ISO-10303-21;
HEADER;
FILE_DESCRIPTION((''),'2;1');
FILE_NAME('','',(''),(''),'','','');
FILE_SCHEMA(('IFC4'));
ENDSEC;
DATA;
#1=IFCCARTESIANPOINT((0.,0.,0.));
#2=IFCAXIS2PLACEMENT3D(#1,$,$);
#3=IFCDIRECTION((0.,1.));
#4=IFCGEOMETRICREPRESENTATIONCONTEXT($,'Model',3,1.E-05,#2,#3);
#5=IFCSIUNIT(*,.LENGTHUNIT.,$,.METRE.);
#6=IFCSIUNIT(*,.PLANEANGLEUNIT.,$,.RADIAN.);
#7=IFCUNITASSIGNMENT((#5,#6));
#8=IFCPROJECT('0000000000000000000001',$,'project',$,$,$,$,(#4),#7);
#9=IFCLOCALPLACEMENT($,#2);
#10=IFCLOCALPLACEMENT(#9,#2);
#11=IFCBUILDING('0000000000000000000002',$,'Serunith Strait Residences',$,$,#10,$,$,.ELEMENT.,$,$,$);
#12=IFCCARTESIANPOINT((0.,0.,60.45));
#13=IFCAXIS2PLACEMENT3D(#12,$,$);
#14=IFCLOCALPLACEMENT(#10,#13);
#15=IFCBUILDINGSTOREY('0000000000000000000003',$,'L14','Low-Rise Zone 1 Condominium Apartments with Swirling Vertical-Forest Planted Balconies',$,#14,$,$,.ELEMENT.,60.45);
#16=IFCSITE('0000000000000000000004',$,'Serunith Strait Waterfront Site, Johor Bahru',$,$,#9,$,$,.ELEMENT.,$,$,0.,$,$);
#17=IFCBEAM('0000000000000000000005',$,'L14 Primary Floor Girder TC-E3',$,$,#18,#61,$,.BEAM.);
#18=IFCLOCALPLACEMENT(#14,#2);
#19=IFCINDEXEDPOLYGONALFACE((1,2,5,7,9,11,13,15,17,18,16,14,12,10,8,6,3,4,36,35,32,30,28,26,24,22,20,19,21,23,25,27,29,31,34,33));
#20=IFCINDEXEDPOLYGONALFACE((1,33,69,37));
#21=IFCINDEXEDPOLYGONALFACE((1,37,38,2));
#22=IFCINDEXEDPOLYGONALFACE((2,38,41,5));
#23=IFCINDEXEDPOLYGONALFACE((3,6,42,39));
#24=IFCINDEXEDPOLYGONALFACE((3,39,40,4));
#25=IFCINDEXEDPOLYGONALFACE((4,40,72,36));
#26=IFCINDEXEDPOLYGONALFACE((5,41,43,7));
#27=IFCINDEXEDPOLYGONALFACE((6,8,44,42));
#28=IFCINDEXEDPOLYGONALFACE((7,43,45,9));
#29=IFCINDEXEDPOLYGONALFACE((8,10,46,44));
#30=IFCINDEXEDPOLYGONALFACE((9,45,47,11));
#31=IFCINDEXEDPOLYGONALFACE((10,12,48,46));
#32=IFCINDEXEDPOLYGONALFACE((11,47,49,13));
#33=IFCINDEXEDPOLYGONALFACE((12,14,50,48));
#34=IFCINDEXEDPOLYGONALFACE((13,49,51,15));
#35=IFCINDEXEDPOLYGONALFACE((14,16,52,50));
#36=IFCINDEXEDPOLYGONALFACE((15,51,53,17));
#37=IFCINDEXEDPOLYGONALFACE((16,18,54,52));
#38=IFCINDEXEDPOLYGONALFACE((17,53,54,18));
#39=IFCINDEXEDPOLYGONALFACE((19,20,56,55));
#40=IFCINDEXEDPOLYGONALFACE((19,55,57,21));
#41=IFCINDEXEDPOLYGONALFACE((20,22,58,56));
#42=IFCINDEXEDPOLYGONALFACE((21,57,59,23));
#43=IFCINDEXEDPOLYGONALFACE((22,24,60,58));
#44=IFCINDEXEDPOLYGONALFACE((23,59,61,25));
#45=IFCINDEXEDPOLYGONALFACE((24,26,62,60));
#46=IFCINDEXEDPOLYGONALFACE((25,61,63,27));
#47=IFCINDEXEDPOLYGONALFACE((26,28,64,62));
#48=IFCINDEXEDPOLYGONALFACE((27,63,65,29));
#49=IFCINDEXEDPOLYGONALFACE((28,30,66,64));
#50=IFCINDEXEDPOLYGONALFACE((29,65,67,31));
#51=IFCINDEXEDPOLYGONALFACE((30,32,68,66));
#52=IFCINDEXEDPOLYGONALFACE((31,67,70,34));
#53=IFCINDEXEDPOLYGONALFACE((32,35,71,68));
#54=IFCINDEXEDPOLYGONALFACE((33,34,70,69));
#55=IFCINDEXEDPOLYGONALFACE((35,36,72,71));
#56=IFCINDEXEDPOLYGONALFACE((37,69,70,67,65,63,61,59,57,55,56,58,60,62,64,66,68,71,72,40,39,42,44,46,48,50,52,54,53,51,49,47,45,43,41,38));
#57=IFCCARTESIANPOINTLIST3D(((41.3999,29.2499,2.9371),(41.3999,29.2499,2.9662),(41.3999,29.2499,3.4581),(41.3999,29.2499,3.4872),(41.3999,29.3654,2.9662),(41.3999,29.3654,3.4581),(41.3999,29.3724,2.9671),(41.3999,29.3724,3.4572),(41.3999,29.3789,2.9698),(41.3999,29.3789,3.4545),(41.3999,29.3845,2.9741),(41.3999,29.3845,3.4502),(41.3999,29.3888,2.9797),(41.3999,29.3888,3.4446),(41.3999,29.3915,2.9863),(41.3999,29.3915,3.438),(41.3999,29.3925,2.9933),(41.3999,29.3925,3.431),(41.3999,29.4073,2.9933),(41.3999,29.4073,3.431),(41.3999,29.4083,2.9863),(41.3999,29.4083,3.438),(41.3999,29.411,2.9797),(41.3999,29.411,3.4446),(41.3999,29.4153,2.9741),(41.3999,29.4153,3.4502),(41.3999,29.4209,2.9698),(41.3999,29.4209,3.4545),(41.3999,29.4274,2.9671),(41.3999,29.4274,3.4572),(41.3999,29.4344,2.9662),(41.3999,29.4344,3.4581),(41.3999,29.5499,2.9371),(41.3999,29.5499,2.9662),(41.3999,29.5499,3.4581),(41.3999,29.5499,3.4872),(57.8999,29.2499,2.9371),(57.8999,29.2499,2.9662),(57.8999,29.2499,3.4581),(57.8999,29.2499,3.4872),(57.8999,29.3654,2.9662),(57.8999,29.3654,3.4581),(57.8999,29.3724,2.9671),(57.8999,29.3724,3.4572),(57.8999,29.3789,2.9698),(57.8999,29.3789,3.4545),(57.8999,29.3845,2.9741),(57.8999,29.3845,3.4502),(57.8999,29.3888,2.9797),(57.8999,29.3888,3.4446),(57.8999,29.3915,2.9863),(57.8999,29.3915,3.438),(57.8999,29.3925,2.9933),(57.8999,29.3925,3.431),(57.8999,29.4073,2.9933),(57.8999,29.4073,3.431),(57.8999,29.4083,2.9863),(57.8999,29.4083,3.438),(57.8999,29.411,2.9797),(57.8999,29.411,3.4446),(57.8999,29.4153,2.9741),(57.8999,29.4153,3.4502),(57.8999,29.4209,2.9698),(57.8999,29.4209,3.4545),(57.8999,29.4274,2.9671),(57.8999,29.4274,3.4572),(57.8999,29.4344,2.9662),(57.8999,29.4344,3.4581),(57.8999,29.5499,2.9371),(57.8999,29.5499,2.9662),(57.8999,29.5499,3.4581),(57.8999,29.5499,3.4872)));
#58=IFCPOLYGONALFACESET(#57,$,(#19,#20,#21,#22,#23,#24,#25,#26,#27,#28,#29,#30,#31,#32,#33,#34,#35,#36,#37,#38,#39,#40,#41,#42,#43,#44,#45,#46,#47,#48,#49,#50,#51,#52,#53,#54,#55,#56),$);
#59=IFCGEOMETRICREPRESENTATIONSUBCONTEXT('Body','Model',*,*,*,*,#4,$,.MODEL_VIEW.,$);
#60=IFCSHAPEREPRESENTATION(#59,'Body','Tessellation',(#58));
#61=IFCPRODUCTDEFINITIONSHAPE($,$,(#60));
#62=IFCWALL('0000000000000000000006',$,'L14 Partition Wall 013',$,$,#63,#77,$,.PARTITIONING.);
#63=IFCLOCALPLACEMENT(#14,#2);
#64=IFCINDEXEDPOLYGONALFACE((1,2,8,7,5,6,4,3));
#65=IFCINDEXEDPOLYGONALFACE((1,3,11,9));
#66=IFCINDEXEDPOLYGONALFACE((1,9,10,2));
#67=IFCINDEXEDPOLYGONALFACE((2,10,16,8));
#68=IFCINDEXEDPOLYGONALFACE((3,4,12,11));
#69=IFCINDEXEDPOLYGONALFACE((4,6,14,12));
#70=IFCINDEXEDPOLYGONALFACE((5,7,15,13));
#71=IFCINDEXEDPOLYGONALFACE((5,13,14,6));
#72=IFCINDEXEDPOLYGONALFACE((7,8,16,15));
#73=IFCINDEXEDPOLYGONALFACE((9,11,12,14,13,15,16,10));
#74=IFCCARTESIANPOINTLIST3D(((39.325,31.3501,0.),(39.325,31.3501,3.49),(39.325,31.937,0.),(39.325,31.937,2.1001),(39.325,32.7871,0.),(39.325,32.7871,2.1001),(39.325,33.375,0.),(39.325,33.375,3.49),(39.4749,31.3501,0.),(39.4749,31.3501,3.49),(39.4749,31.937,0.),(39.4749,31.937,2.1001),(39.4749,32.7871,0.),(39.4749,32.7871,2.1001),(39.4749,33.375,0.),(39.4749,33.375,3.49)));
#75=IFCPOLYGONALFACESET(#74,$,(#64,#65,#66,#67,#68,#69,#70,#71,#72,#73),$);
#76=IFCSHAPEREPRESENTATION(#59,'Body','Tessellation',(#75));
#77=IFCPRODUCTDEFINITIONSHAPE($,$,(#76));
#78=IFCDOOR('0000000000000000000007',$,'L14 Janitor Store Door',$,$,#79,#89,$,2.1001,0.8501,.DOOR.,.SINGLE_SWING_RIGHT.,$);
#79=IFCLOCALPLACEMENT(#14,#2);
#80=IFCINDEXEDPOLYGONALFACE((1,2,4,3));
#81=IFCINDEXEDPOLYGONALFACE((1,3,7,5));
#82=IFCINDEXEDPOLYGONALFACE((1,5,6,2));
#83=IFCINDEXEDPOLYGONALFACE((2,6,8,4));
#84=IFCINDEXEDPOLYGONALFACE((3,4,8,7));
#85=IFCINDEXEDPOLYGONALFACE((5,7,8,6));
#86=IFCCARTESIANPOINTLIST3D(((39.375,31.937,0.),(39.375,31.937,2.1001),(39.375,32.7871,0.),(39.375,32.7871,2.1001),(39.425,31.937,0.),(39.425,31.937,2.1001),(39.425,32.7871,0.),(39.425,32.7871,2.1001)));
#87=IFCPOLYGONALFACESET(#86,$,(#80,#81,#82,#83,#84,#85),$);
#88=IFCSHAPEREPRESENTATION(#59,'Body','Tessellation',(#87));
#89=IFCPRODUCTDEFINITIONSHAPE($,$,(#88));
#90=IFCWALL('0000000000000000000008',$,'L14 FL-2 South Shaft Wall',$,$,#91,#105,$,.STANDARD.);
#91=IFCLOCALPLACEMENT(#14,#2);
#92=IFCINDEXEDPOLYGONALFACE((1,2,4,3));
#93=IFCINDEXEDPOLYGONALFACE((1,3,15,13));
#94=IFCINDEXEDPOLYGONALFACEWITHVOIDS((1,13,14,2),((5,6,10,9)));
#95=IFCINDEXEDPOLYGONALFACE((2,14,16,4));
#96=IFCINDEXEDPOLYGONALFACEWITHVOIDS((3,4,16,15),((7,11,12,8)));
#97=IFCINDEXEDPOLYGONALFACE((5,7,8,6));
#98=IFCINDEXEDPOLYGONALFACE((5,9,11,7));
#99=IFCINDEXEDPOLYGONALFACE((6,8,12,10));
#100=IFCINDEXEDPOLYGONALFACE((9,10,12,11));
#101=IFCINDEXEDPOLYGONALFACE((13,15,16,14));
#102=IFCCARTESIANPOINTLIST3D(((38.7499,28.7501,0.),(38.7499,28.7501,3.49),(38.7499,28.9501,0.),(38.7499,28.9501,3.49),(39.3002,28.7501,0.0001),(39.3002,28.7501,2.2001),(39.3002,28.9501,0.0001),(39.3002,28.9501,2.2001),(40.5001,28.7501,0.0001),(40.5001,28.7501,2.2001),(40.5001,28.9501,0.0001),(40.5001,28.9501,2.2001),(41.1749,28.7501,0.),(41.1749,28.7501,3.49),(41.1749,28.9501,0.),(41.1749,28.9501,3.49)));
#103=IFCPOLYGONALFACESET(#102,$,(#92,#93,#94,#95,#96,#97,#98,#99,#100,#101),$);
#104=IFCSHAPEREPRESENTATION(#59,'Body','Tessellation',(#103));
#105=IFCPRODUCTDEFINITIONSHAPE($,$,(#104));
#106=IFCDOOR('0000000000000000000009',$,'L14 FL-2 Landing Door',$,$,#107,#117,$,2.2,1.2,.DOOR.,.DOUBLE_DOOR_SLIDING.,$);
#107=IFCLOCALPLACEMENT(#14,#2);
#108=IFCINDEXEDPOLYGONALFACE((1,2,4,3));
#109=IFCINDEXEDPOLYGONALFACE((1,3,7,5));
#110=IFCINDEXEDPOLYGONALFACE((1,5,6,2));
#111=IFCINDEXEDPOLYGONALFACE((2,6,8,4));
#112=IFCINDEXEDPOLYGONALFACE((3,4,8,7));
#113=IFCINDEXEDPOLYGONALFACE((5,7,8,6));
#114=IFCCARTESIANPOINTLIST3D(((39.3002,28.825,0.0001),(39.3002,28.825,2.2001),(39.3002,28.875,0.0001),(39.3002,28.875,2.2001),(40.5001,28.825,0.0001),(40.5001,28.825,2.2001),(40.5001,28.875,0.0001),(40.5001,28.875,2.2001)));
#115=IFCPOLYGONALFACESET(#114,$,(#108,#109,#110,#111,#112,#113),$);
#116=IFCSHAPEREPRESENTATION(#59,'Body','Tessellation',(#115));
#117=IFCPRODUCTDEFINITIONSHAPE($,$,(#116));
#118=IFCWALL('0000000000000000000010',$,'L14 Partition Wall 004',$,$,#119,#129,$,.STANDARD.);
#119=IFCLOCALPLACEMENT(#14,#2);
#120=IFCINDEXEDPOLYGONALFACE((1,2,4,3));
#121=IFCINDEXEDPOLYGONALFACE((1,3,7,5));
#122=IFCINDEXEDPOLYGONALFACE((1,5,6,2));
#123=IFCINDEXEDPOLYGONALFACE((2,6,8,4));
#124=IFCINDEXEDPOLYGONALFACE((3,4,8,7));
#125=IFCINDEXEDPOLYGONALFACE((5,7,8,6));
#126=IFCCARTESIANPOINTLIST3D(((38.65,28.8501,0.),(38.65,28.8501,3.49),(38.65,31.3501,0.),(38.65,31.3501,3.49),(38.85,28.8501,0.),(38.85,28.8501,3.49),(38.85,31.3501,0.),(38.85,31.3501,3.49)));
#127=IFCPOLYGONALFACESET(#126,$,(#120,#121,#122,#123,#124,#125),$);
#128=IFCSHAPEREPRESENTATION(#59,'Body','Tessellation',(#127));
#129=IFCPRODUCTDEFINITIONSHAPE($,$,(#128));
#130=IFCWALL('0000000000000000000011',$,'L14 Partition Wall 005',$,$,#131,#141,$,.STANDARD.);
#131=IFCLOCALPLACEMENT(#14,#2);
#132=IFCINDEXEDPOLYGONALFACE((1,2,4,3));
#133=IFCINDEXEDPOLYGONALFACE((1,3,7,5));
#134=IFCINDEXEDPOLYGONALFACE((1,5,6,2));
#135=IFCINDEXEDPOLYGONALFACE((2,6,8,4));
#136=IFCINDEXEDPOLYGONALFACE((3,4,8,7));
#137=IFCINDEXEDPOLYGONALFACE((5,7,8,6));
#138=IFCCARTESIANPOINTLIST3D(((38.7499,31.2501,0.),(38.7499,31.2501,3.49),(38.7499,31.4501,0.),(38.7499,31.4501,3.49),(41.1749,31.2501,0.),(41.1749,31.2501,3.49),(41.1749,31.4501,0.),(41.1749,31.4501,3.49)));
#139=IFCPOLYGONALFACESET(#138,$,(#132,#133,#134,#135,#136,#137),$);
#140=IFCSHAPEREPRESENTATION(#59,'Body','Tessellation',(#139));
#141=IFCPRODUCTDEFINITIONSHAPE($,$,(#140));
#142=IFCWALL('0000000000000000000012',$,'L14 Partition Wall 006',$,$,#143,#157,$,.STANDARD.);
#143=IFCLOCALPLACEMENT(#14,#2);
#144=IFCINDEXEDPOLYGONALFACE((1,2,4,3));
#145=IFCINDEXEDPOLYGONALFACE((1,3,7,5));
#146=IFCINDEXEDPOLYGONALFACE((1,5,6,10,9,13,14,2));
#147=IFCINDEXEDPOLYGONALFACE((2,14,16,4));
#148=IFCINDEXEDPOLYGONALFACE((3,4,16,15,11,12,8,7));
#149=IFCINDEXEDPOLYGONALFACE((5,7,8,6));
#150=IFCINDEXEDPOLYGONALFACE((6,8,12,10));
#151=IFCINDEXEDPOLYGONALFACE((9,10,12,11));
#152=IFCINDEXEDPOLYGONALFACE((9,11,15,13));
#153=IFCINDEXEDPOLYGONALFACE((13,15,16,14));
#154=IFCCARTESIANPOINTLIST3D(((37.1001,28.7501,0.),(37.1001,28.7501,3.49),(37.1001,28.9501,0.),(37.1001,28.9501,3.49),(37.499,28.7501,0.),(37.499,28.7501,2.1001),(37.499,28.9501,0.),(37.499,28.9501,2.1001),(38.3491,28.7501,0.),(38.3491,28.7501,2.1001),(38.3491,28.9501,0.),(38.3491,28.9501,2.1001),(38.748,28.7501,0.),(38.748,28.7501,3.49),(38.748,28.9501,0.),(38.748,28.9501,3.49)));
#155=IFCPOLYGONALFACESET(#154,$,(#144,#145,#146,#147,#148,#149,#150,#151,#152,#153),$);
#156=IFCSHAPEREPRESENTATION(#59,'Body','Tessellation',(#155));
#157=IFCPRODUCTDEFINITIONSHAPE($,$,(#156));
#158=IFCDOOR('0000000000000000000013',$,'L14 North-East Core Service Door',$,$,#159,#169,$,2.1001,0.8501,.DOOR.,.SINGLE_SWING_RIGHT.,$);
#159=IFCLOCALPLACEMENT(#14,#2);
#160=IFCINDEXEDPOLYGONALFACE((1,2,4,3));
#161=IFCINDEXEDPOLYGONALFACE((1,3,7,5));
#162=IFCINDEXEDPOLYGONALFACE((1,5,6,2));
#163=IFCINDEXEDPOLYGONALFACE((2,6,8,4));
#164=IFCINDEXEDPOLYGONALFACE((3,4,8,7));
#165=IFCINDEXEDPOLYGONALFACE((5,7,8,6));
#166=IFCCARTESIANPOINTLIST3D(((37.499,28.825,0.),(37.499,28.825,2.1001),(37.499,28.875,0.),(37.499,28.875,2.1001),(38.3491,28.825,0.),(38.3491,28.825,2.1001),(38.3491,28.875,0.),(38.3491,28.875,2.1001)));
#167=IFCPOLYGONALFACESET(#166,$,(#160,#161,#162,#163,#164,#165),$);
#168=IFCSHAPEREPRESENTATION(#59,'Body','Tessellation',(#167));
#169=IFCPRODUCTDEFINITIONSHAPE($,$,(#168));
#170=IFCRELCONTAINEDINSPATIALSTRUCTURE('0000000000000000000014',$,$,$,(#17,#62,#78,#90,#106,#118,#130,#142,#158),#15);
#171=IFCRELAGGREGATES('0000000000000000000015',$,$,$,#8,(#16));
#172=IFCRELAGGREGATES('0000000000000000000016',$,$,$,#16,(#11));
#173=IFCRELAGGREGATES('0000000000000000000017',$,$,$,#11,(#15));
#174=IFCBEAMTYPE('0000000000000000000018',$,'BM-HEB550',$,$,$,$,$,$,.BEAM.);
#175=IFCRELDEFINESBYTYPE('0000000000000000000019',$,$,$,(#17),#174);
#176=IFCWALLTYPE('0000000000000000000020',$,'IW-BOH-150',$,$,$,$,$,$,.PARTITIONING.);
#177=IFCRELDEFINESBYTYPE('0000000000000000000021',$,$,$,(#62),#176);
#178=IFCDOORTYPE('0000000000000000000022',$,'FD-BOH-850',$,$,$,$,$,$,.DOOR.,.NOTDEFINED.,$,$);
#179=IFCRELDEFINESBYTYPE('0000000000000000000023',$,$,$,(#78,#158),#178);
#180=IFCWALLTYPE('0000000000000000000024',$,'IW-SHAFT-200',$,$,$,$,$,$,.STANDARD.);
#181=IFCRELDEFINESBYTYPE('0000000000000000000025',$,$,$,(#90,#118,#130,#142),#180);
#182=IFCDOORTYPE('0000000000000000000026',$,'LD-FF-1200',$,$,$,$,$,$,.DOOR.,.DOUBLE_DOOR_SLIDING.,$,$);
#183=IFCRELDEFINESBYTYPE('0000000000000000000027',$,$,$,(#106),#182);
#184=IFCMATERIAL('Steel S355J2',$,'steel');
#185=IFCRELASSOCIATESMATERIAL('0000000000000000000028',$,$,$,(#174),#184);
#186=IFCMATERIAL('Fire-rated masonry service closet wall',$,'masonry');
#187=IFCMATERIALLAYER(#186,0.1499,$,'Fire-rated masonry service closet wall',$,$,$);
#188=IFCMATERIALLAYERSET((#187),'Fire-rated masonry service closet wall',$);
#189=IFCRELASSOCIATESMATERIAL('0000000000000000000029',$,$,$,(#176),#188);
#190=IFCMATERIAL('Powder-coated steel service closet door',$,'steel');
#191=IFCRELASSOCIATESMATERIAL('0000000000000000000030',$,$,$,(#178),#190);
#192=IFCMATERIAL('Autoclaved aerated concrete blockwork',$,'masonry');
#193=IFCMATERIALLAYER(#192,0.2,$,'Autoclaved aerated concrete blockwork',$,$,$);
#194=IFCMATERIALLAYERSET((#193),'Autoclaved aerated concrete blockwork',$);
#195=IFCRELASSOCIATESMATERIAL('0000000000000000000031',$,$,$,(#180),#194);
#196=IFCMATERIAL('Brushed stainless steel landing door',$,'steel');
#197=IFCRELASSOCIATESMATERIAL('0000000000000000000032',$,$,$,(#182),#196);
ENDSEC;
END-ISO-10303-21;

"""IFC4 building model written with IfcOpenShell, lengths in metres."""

from ifc_helpers import new_model, si_unit, direction, frame, frame_2d, origin, origin_2d, place, context, subcontext, project, spatial, rectangle, i_section, extrude, source, transform, mapped, material, layer, layer_set, material_profile, profile_set, type_object, element, fill, save


model = new_model("IFC4")

# Units and contexts
model_context = context("Model", 3, precision=1e-05, world=origin(), true_north=direction((0.0, 1.0)))
body_context = subcontext(model_context, "Body", "Model", "MODEL_VIEW")
ifc_project = project(units=[si_unit("LENGTHUNIT", "METRE"), si_unit("PLANEANGLEUNIT", "RADIAN")], contexts=[model_context])

# Site, building, storey
site_placement = place(None, origin())
site = spatial("IfcSite", under=ifc_project, at=site_placement, Name="Serunith Strait Waterfront Site, Johor Bahru", CompositionType="ELEMENT", RefElevation=0.0)
building_placement = place(site_placement, origin())
building = spatial("IfcBuilding", under=site, at=building_placement, Name="Serunith Strait Residences", CompositionType="ELEMENT")
storey_placement = place(building_placement, frame((0.0, 0.0, 60.45)))
storey = spatial("IfcBuildingStorey", under=building, at=storey_placement, Name="L14", Description="Low-Rise Zone 1 Condominium Apartments with Swirling Vertical-Forest Planted Balconies", CompositionType="ELEMENT", Elevation=60.45)

# Beam
ifc_material_1 = material(Name="Steel S355J2", Category="steel")
ifc_material_profile = material_profile(ifc_material_1, i_section(OverallWidth=0.3, OverallDepth=0.55, WebThickness=0.0149, FlangeThickness=0.0291, FilletRadius=0.0271, at=origin_2d()), Name="HEB 550")
ifc_profile_set = profile_set([ifc_material_profile], Name="Steel S355J2")
beam_type = type_object("IfcBeamType", Name="BM-HEB550", PredefinedType="BEAM", material=ifc_profile_set)
shared_shape_1 = source(origin(), body_context, "Body", "SweptSolid", [
    extrude(i_section(OverallWidth=0.3, OverallDepth=0.55, WebThickness=0.0149, FlangeThickness=0.0291, FilletRadius=0.0271, at=origin_2d()), origin(), (0.0, 0.0, 1.0), 16.5),
])
beam_placement = place(storey_placement, frame((41.3999, 29.3999, 3.2122), z_axis=(1.0, 0.0, 0.0), x_axis=(0.0, 1.0, 0.0)))
element("IfcBeam", 1, at=beam_placement, inside=storey, type_object=beam_type, Name="L14 Primary Floor Girder TC-E3", PredefinedType="BEAM", context=body_context, shape_type="MappedRepresentation", body=[
    mapped(shared_shape_1, transform((0.0, 0.0, 0.0), scale=1.0)),
])

# Walls, openings, doors
ifc_material_2 = material(Name="Fire-rated masonry service closet wall", Category="masonry")
ifc_layer_1 = layer(ifc_material_2, 0.1499, Name="Fire-rated masonry service closet wall")
ifc_layer_set_1 = layer_set([ifc_layer_1], Name="Fire-rated masonry service closet wall")
wall_type_1 = type_object("IfcWallType", Name="IW-BOH-150", PredefinedType="PARTITIONING", material=ifc_layer_set_1)
wall_1_placement = place(storey_placement, frame((39.3999, 31.3501, 0.0), z_axis=(0.0, 0.0, 1.0), x_axis=(0.0, 1.0, 0.0)))
wall_1 = element("IfcWall", 2, at=wall_1_placement, inside=storey, type_object=wall_type_1, Name="L14 Partition Wall 013", PredefinedType="PARTITIONING", context=body_context, shape_type="SweptSolid", body=[
    extrude(rectangle(XDim=2.0249, YDim=0.1499, at=frame_2d((1.0125, 0.0))), origin(), (0.0, 0.0, 1.0), 3.49),
])
opening_1_placement = place(wall_1_placement, frame((0.5869, 0.0, 0.0)))
opening_1 = element("IfcOpeningElement", 3, at=opening_1_placement, cuts=wall_1, PredefinedType="OPENING", context=body_context, shape_type="SweptSolid", body=[
    extrude(rectangle(XDim=0.8501, YDim=2.1001, at=frame_2d((0.425, 1.05))), frame((0.0, 0.085, 0.0), z_axis=(0.0, -1.0, 0.0), x_axis=(1.0, 0.0, 0.0)), (0.0, 0.0, 1.0), 0.1699),
])
ifc_material_3 = material(Name="Powder-coated steel service closet door", Category="steel")
door_type_1 = type_object("IfcDoorType", Name="FD-BOH-850", OperationType="NOTDEFINED", PredefinedType="DOOR", material=ifc_material_3)
shared_shape_2 = source(origin(), body_context, "Body", "SweptSolid", [
    extrude(rectangle(XDim=0.8501, YDim=2.1001, at=frame_2d((0.425, 1.05))), frame((0.0, 0.0249, 0.0), z_axis=(0.0, -1.0, 0.0), x_axis=(1.0, 0.0, 0.0)), (0.0, 0.0, 1.0), 0.05),
])
door_1_placement = place(opening_1_placement, origin())
door_1 = element("IfcDoor", 4, at=door_1_placement, inside=storey, type_object=door_type_1, Name="L14 Janitor Store Door", OperationType="SINGLE_SWING_RIGHT", OverallHeight=2.1001, OverallWidth=0.8501, PredefinedType="DOOR", context=body_context, shape_type="MappedRepresentation", body=[
    mapped(shared_shape_2, transform((0.0, 0.0, 0.0), scale=1.0)),
])
fill(opening_1, door_1)
ifc_material_4 = material(Name="Autoclaved aerated concrete blockwork", Category="masonry")
ifc_layer_2 = layer(ifc_material_4, 0.2, Name="Autoclaved aerated concrete blockwork")
ifc_layer_set_2 = layer_set([ifc_layer_2], Name="Autoclaved aerated concrete blockwork")
wall_type_2 = type_object("IfcWallType", Name="IW-SHAFT-200", PredefinedType="STANDARD", material=ifc_layer_set_2)
wall_2_placement = place(storey_placement, frame((38.75, 28.8501, 0.0), z_axis=(0.0, 0.0, 1.0), x_axis=(1.0, 0.0, 0.0)))
wall_2 = element("IfcWall", 5, at=wall_2_placement, inside=storey, type_object=wall_type_2, Name="L14 FL-2 South Shaft Wall", PredefinedType="STANDARD", context=body_context, shape_type="SweptSolid", body=[
    extrude(rectangle(XDim=2.425, YDim=0.2, at=frame_2d((1.2124, 0.0))), origin(), (0.0, 0.0, 1.0), 3.49),
])
opening_2_placement = place(wall_2_placement, frame((0.55, 0.0, 0.0)))
opening_2 = element("IfcOpeningElement", 6, at=opening_2_placement, cuts=wall_2, PredefinedType="OPENING", context=body_context, shape_type="SweptSolid", body=[
    extrude(rectangle(XDim=1.2, YDim=2.2, at=frame_2d((0.6001, 1.1001))), frame((0.0, 0.1099, 0.0), z_axis=(0.0, -1.0, 0.0), x_axis=(1.0, 0.0, 0.0)), (0.0, 0.0, 1.0), 0.22),
])
ifc_material_5 = material(Name="Brushed stainless steel landing door", Category="steel")
door_type_2 = type_object("IfcDoorType", Name="LD-FF-1200", OperationType="DOUBLE_DOOR_SLIDING", PredefinedType="DOOR", material=ifc_material_5)
shared_shape_3 = source(origin(), body_context, "Body", "SweptSolid", [
    extrude(rectangle(XDim=1.2, YDim=2.2, at=frame_2d((0.6001, 1.1001))), frame((0.0, 0.0249, 0.0), z_axis=(0.0, -1.0, 0.0), x_axis=(1.0, 0.0, 0.0)), (0.0, 0.0, 1.0), 0.05),
])
door_2_placement = place(opening_2_placement, origin())
door_2 = element("IfcDoor", 7, at=door_2_placement, inside=storey, type_object=door_type_2, Name="L14 FL-2 Landing Door", OperationType="DOUBLE_DOOR_SLIDING", OverallHeight=2.2, OverallWidth=1.2, PredefinedType="DOOR", context=body_context, shape_type="MappedRepresentation", body=[
    mapped(shared_shape_3, transform((0.0, 0.0, 0.0), scale=1.0)),
])
fill(opening_2, door_2)

# Walls
wall_3_placement = place(storey_placement, frame((38.75, 28.8501, 0.0), z_axis=(0.0, 0.0, 1.0), x_axis=(0.0, 1.0, 0.0)))
element("IfcWall", 8, at=wall_3_placement, inside=storey, type_object=wall_type_2, Name="L14 Partition Wall 004", PredefinedType="STANDARD", context=body_context, shape_type="SweptSolid", body=[
    extrude(rectangle(XDim=2.5, YDim=0.2, at=frame_2d((1.25, 0.0))), origin(), (0.0, 0.0, 1.0), 3.49),
])
wall_4_placement = place(storey_placement, frame((38.75, 31.3501, 0.0), z_axis=(0.0, 0.0, 1.0), x_axis=(1.0, 0.0, 0.0)))
element("IfcWall", 9, at=wall_4_placement, inside=storey, type_object=wall_type_2, Name="L14 Partition Wall 005", PredefinedType="STANDARD", context=body_context, shape_type="SweptSolid", body=[
    extrude(rectangle(XDim=2.425, YDim=0.2, at=frame_2d((1.2124, 0.0))), origin(), (0.0, 0.0, 1.0), 3.49),
])

# Wall, opening, door
wall_5_placement = place(storey_placement, frame((37.1001, 28.8501, 0.0), z_axis=(0.0, 0.0, 1.0), x_axis=(1.0, 0.0, 0.0)))
wall_5 = element("IfcWall", 10, at=wall_5_placement, inside=storey, type_object=wall_type_2, Name="L14 Partition Wall 006", PredefinedType="STANDARD", context=body_context, shape_type="SweptSolid", body=[
    extrude(rectangle(XDim=1.6479, YDim=0.2, at=frame_2d((0.824, 0.0))), origin(), (0.0, 0.0, 1.0), 3.49),
])
opening_3_placement = place(wall_5_placement, frame((0.3989, 0.0, 0.0)))
opening_3 = element("IfcOpeningElement", 11, at=opening_3_placement, cuts=wall_5, PredefinedType="OPENING", context=body_context, shape_type="SweptSolid", body=[
    extrude(rectangle(XDim=0.8501, YDim=2.1001, at=frame_2d((0.425, 1.05))), frame((0.0, 0.1099, 0.0), z_axis=(0.0, -1.0, 0.0), x_axis=(1.0, 0.0, 0.0)), (0.0, 0.0, 1.0), 0.22),
])
door_3_placement = place(opening_3_placement, origin())
door_3 = element("IfcDoor", 12, at=door_3_placement, inside=storey, type_object=door_type_1, Name="L14 North-East Core Service Door", OperationType="SINGLE_SWING_RIGHT", OverallHeight=2.1001, OverallWidth=0.8501, PredefinedType="DOOR", context=body_context, shape_type="MappedRepresentation", body=[
    mapped(shared_shape_2, transform((0.0, 0.0, 0.0), scale=1.0)),
])
fill(opening_3, door_3)

save(model, "model.ifc")
